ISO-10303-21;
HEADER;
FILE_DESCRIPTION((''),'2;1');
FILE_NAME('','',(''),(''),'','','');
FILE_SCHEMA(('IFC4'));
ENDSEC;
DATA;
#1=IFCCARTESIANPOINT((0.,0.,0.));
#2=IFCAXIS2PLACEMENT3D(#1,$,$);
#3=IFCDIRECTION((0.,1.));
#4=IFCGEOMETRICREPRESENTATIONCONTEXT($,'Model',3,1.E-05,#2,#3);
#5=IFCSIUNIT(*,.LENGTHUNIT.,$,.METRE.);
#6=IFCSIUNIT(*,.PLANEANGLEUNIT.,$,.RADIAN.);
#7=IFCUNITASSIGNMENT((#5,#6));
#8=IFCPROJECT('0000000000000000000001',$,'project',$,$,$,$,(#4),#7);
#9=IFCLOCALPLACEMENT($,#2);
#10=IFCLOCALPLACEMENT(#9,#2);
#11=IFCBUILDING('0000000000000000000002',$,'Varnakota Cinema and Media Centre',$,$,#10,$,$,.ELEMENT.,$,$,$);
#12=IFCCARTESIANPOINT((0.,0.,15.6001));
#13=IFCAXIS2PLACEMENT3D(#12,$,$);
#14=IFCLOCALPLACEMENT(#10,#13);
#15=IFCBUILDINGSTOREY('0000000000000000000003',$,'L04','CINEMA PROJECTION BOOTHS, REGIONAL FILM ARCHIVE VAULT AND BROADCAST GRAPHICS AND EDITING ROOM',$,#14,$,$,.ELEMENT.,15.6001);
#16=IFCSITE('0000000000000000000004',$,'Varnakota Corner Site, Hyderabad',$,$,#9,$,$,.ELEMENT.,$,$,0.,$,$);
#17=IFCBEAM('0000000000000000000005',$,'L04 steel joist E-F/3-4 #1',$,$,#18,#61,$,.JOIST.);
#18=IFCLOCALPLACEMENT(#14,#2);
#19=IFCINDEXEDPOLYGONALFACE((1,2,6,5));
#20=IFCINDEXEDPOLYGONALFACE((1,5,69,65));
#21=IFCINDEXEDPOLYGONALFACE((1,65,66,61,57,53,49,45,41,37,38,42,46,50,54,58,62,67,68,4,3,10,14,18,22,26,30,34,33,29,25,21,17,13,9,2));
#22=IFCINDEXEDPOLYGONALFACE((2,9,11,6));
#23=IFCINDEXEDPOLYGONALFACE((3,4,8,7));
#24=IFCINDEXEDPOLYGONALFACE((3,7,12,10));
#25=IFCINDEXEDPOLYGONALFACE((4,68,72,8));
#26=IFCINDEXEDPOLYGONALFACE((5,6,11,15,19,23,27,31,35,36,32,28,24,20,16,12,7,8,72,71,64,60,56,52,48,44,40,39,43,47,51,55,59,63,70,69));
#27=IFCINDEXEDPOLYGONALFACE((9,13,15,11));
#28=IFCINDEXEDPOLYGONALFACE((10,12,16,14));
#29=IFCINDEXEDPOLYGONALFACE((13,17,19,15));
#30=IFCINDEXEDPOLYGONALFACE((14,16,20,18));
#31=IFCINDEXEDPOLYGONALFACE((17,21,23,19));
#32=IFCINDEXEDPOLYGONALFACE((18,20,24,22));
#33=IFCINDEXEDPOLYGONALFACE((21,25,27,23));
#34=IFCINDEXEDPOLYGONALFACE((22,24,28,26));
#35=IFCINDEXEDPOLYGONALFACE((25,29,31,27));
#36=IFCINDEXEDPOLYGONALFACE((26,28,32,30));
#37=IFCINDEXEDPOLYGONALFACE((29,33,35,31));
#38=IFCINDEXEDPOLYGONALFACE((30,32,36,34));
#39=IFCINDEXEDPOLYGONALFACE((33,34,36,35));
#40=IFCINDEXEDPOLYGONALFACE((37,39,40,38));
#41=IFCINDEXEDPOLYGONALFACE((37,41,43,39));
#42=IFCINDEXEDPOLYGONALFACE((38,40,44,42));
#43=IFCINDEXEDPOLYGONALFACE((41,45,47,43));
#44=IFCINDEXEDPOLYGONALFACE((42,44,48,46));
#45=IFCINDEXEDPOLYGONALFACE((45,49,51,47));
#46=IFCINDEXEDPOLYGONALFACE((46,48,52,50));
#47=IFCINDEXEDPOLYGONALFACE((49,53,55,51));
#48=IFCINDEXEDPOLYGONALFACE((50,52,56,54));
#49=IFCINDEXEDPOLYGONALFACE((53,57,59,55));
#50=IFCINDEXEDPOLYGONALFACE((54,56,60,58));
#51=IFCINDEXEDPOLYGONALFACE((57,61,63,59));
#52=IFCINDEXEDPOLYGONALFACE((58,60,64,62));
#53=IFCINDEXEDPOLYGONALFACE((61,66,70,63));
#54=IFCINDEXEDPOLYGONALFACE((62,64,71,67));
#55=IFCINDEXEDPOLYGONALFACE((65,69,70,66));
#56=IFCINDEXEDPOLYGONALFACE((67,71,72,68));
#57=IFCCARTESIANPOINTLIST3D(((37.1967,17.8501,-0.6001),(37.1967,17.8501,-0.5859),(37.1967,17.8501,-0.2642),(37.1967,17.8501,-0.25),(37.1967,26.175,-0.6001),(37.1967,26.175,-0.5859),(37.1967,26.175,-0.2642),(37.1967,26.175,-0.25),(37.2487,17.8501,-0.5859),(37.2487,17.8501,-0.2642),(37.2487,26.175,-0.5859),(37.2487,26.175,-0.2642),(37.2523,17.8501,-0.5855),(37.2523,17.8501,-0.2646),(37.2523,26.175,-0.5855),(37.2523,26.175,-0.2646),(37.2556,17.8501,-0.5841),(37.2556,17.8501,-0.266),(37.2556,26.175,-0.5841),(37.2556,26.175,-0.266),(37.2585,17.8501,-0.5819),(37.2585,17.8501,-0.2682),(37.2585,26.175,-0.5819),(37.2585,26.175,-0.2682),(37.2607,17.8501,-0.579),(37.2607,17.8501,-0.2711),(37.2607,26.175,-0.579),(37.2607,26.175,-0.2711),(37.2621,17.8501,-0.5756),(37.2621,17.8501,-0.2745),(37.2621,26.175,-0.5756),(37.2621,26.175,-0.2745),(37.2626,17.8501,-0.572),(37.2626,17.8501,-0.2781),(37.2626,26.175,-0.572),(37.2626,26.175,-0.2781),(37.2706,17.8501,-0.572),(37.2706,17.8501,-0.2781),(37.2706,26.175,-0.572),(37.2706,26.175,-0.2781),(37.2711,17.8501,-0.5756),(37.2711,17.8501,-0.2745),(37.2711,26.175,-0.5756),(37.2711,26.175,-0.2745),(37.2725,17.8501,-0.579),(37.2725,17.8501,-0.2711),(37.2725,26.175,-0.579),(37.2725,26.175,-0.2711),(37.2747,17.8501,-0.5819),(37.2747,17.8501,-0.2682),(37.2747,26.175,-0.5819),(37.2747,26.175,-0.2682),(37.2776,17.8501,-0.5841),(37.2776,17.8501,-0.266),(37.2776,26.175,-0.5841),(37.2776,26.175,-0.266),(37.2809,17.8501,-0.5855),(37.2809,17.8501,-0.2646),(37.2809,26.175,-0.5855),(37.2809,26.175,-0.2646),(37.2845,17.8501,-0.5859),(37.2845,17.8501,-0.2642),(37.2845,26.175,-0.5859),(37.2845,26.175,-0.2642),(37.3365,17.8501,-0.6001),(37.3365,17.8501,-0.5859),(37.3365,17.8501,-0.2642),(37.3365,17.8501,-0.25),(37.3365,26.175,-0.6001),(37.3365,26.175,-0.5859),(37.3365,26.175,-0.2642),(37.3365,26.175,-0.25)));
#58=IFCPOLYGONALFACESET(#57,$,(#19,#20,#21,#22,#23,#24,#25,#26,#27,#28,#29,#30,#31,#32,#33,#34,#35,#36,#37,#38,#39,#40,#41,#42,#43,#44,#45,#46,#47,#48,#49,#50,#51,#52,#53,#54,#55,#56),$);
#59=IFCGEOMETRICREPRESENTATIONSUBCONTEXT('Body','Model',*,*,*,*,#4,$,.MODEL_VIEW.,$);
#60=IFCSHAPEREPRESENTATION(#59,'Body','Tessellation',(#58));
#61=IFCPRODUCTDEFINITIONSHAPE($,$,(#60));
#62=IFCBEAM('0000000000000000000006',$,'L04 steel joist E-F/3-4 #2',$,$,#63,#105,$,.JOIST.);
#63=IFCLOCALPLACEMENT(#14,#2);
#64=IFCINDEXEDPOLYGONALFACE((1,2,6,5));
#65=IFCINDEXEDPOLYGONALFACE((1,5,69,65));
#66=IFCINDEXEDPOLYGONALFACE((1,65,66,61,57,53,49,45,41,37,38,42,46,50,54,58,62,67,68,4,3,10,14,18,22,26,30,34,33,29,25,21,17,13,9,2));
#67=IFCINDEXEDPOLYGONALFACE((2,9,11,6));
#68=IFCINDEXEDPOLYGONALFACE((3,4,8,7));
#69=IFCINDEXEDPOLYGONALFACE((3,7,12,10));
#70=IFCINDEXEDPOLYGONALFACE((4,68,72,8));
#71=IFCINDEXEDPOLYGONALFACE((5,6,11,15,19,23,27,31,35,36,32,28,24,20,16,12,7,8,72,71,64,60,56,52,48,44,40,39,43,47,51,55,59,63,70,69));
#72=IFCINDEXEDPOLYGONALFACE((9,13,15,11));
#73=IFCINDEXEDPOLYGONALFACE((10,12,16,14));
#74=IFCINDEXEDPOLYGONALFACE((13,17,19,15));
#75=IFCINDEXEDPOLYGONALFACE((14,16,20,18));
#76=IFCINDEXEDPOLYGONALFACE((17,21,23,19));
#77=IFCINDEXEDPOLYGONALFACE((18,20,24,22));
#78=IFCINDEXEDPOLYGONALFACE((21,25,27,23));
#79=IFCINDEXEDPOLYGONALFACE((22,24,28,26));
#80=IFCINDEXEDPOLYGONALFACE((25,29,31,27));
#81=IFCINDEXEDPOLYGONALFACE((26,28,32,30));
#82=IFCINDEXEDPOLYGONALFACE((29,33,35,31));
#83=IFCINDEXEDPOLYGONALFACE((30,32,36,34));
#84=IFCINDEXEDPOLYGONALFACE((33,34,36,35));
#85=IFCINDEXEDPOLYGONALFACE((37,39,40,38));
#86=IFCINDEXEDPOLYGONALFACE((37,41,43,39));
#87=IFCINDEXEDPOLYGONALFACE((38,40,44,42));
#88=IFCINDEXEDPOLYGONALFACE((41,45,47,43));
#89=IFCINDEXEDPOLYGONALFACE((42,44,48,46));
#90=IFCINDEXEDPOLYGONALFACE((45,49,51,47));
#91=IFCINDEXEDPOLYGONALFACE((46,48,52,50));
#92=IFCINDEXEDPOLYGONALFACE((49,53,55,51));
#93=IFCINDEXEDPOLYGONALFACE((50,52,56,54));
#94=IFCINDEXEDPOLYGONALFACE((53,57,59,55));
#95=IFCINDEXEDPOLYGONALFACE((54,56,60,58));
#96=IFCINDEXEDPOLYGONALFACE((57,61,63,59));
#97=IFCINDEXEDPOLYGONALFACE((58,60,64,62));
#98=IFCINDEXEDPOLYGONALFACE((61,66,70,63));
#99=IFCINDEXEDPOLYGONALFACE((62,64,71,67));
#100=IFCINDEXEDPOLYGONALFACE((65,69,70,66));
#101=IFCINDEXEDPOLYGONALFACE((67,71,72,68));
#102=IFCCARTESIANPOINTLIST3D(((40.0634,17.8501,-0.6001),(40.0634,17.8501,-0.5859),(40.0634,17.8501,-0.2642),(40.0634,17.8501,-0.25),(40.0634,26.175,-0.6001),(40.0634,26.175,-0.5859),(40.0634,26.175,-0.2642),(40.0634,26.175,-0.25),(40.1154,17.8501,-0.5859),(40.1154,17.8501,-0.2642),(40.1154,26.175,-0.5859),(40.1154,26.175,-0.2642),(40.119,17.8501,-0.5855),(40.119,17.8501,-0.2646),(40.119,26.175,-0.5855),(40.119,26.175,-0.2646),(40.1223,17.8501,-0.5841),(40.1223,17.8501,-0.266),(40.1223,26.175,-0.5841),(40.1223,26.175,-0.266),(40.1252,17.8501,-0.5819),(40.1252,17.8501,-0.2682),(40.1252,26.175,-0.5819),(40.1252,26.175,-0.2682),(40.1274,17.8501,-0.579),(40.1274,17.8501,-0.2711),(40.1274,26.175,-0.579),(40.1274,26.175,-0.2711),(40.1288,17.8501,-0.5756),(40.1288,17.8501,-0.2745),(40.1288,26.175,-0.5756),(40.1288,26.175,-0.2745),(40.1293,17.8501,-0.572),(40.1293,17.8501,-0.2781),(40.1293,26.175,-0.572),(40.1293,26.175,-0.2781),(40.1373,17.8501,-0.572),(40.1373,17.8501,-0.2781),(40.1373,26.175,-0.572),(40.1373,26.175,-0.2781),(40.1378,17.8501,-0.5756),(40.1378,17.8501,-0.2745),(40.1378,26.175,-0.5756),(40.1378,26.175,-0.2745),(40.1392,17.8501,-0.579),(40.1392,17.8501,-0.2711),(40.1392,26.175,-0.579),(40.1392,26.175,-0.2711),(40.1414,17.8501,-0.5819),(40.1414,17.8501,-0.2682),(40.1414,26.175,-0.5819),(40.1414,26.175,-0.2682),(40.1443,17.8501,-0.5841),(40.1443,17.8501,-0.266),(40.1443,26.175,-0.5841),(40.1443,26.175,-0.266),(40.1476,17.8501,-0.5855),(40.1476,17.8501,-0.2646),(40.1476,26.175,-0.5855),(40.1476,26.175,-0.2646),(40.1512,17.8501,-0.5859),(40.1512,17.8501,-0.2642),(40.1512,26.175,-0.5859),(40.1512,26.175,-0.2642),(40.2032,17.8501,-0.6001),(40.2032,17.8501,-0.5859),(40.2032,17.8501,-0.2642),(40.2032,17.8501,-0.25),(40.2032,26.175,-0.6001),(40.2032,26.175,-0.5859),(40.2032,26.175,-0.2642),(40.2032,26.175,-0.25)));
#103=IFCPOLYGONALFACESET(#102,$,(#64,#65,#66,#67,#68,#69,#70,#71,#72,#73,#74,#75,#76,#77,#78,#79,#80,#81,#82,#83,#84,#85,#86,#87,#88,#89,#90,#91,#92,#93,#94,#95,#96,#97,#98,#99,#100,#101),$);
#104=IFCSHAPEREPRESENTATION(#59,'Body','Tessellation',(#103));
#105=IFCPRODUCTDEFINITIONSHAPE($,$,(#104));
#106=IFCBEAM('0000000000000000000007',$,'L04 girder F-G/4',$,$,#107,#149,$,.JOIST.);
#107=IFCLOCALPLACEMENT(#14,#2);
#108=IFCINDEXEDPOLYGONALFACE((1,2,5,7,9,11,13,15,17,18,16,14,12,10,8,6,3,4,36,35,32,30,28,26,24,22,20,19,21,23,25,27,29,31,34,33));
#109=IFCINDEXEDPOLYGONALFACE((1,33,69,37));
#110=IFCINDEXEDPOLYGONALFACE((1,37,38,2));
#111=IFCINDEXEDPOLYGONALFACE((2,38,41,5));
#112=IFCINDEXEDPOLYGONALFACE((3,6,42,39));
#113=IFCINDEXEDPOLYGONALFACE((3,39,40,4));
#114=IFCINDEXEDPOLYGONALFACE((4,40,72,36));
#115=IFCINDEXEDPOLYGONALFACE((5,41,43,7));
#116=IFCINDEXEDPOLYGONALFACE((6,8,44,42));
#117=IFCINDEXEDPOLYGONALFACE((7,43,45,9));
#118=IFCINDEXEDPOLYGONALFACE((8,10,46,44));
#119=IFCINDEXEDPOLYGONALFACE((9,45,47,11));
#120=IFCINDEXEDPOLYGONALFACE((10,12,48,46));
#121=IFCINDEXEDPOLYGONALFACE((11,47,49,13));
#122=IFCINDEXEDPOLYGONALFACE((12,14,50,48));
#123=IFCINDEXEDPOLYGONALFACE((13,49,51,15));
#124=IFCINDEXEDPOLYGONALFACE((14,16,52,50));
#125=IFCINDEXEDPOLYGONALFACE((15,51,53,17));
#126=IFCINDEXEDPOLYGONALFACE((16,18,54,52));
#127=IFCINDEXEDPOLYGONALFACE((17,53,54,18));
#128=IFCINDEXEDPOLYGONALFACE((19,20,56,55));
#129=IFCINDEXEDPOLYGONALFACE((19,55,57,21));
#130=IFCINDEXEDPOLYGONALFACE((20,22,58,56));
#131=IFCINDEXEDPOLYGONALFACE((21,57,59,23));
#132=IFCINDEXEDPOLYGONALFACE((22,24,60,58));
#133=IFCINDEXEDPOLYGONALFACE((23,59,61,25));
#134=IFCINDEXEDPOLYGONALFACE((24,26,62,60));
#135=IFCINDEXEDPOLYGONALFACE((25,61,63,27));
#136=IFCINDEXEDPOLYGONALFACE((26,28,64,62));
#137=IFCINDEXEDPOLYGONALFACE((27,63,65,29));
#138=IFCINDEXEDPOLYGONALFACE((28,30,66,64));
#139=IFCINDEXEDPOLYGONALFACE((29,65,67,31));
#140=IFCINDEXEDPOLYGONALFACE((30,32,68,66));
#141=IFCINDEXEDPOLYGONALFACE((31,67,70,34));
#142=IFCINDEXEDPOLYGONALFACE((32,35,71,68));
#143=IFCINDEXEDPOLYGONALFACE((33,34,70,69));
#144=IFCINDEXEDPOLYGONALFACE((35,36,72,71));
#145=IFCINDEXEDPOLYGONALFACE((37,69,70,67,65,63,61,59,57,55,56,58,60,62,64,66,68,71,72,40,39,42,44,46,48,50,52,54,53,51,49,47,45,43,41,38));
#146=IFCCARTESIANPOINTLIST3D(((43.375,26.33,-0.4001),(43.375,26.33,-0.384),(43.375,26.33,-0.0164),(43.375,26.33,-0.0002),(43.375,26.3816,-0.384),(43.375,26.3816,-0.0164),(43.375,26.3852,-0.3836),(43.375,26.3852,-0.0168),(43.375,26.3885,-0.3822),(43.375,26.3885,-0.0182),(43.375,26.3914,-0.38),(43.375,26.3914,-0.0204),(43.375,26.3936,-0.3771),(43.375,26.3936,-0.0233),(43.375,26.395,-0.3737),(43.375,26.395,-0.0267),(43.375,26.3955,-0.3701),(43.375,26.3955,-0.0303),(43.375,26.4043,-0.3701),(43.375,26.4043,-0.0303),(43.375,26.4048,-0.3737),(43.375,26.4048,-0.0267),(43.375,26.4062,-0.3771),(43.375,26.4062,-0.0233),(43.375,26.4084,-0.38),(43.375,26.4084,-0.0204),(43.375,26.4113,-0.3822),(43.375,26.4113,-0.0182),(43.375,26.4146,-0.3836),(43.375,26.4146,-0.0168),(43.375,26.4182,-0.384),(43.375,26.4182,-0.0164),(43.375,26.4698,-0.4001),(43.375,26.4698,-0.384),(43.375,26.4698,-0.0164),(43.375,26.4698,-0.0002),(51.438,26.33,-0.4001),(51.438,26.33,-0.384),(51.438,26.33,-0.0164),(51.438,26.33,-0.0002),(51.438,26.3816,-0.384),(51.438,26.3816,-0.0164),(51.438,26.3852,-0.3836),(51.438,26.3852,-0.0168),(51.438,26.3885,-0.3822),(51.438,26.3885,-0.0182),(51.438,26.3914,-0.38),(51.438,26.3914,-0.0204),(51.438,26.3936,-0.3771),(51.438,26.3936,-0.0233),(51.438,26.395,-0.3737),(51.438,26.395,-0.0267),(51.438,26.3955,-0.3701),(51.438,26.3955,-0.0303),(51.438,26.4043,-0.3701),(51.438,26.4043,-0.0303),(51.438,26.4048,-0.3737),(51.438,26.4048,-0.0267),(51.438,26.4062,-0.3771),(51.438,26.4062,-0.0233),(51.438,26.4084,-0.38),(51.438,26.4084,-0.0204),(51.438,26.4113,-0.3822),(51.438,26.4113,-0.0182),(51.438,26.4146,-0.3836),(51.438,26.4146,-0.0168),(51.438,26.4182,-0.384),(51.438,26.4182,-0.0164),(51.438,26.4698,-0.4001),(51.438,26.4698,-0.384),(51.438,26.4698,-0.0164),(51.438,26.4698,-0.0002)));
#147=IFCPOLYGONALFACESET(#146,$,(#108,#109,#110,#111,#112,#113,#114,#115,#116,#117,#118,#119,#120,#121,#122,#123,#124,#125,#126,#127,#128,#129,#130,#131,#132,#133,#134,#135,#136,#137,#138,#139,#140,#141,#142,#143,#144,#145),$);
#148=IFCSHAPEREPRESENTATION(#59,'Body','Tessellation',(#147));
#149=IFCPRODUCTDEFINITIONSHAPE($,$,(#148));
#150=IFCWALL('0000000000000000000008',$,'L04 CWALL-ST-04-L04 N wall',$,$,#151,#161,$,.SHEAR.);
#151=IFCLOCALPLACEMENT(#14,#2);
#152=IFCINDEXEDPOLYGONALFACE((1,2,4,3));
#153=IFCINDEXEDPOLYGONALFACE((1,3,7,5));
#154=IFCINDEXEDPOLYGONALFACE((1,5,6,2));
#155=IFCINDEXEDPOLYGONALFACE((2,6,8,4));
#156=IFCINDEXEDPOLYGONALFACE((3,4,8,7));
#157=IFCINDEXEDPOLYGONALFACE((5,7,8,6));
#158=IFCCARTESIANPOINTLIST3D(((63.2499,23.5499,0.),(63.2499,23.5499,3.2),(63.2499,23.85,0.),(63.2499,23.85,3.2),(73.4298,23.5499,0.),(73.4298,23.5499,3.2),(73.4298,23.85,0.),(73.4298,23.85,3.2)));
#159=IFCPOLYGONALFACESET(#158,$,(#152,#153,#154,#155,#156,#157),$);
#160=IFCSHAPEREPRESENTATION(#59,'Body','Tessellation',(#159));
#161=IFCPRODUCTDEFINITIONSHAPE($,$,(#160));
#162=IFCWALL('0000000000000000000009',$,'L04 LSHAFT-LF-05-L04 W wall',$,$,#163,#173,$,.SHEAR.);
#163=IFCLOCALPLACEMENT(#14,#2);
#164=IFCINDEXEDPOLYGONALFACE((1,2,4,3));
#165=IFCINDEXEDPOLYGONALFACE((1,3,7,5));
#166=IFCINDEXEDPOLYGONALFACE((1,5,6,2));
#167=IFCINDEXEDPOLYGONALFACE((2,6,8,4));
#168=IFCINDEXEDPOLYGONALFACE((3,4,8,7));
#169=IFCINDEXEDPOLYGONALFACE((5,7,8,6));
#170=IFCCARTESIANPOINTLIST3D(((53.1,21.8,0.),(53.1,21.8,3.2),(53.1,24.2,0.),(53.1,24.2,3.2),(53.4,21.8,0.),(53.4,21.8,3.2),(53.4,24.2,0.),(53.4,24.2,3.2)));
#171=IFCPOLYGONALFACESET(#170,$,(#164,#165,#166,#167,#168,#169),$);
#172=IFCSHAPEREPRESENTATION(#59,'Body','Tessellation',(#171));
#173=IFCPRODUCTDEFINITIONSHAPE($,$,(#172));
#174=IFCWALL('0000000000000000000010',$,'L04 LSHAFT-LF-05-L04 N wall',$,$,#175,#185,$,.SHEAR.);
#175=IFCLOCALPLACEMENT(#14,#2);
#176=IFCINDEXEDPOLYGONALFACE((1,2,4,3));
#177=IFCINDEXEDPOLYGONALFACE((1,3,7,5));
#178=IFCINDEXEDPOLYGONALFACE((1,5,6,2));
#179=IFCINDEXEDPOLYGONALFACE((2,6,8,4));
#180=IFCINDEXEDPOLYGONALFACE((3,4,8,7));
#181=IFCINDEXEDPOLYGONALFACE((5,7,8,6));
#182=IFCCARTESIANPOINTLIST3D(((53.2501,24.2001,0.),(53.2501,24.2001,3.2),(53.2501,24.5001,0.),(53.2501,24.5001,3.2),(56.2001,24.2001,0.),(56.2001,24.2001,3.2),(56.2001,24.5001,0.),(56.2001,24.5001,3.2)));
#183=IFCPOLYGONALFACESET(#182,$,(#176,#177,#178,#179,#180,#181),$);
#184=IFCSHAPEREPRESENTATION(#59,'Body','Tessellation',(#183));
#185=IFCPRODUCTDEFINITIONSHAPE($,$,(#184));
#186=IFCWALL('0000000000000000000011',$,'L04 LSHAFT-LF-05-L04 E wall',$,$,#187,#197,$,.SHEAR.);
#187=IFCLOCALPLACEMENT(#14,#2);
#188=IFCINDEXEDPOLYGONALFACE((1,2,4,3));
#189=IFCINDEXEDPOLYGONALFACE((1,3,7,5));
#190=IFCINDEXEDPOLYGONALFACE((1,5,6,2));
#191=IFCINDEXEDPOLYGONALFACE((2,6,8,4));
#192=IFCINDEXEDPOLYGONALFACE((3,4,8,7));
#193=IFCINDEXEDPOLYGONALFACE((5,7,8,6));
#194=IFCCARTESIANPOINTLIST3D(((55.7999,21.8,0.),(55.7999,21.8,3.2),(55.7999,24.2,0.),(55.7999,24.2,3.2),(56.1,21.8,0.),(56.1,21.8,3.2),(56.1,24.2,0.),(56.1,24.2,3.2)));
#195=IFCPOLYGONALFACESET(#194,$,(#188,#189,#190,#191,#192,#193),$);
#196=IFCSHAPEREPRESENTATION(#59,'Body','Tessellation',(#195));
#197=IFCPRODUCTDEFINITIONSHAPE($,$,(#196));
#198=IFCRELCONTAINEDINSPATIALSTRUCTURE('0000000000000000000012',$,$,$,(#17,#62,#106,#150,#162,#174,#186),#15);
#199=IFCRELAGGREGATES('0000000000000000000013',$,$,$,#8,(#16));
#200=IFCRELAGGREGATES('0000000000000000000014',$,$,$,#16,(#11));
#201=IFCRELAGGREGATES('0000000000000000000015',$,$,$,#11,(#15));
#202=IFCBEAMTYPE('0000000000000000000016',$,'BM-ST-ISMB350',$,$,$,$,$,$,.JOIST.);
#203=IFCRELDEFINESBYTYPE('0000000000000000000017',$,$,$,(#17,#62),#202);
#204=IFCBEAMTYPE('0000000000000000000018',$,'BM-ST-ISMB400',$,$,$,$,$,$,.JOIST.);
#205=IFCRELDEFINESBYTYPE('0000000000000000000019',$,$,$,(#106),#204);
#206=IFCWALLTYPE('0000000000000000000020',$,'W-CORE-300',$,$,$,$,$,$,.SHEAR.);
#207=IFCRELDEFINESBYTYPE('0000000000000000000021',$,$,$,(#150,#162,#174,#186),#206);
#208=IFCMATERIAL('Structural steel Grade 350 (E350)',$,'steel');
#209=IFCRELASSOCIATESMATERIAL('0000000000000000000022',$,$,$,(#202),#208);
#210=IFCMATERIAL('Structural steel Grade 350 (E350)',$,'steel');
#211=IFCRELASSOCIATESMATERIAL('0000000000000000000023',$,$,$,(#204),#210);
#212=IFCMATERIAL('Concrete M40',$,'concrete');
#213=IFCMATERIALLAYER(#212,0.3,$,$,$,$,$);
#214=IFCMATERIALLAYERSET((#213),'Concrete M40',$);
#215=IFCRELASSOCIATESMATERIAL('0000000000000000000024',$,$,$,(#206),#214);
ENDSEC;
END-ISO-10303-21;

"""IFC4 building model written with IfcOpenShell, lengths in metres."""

from ifc_helpers import new_model, si_unit, direction, frame, frame_2d, origin, origin_2d, place, context, subcontext, project, spatial, rectangle, i_section, extrude, material, layer, layer_set, material_profile, profile_set, type_object, element, save


model = new_model("IFC4")

# Units and contexts
model_context = context("Model", 3, precision=1e-05, world=origin(), true_north=direction((0.0, 1.0)))
body_context = subcontext(model_context, "Body", "Model", "MODEL_VIEW")
ifc_project = project(units=[si_unit("LENGTHUNIT", "METRE"), si_unit("PLANEANGLEUNIT", "RADIAN")], contexts=[model_context])

# Site, building, storey
site_placement = place(None, origin())
site = spatial("IfcSite", under=ifc_project, at=site_placement, Name="Varnakota Corner Site, Hyderabad", CompositionType="ELEMENT", RefElevation=0.0)
building_placement = place(site_placement, origin())
building = spatial("IfcBuilding", under=site, at=building_placement, Name="Varnakota Cinema and Media Centre", CompositionType="ELEMENT")
storey_placement = place(building_placement, frame((0.0, 0.0, 15.6001)))
storey = spatial("IfcBuildingStorey", under=building, at=storey_placement, Name="L04", Description="CINEMA PROJECTION BOOTHS, REGIONAL FILM ARCHIVE VAULT AND BROADCAST GRAPHICS AND EDITING ROOM", CompositionType="ELEMENT", Elevation=15.6001)

# Beams
ifc_material_1 = material(Name="Structural steel Grade 350 (E350)", Category="steel")
ifc_material_profile_1 = material_profile(ifc_material_1, i_section(OverallWidth=0.1399, OverallDepth=0.3501, WebThickness=0.0081, FlangeThickness=0.0142, FilletRadius=0.0139, at=origin_2d()), Name="ISMB 350")
ifc_profile_set_1 = profile_set([ifc_material_profile_1], Name="Structural steel Grade 350 (E350)")
beam_type_1 = type_object("IfcBeamType", Name="BM-ST-ISMB350", PredefinedType="JOIST", material=ifc_profile_set_1)
for number, where, z_axis, x_axis, name in (
    (1, (37.2666, 17.8501, -0.425), (0.0, 1.0, 0.0), (-1.0, 0.0, 0.0), "L04 steel joist E-F/3-4 #1"),
    (2, (40.1333, 17.8501, -0.425), (0.0, 1.0, 0.0), (-1.0, 0.0, 0.0), "L04 steel joist E-F/3-4 #2"),
):
    element("IfcBeam", number, at=place(storey_placement, frame(where, z_axis=z_axis, x_axis=x_axis)), inside=storey, type_object=beam_type_1, Name=name, PredefinedType="JOIST", context=body_context, shape_type="SweptSolid", body=[
        extrude(i_section(OverallWidth=0.1399, OverallDepth=0.3501, WebThickness=0.0081, FlangeThickness=0.0142, FilletRadius=0.0139, at=origin_2d()), origin(), (0.0, 0.0, 1.0), 8.325),
    ])
ifc_material_2 = material(Name="Structural steel Grade 350 (E350)", Category="steel")
ifc_material_profile_2 = material_profile(ifc_material_2, i_section(OverallWidth=0.1399, OverallDepth=0.3999, WebThickness=0.0088, FlangeThickness=0.0161, FilletRadius=0.0139, at=origin_2d()), Name="ISMB 400")
ifc_profile_set_2 = profile_set([ifc_material_profile_2], Name="Structural steel Grade 350 (E350)")
beam_type_2 = type_object("IfcBeamType", Name="BM-ST-ISMB400", PredefinedType="JOIST", material=ifc_profile_set_2)
beam_1_placement = place(storey_placement, frame((43.375, 26.3999, -0.2002), z_axis=(1.0, 0.0, 0.0), x_axis=(0.0, 1.0, 0.0)))
element("IfcBeam", 3, at=beam_1_placement, inside=storey, type_object=beam_type_2, Name="L04 girder F-G/4", PredefinedType="JOIST", context=body_context, shape_type="SweptSolid", body=[
    extrude(i_section(OverallWidth=0.1399, OverallDepth=0.3999, WebThickness=0.0088, FlangeThickness=0.0161, FilletRadius=0.0139, at=origin_2d()), origin(), (0.0, 0.0, 1.0), 8.063),
])

# Shared definitions
ifc_material_3 = material(Name="Concrete M40", Category="concrete")
ifc_layer_1 = layer(ifc_material_3, 0.3)
ifc_layer_set_1 = layer_set([ifc_layer_1], Name="Concrete M40")
wall_type_1 = type_object("IfcWallType", Name="W-CORE-300", PredefinedType="SHEAR", material=ifc_layer_set_1)

# Wall
wall_1_placement = place(storey_placement, frame((63.25, 23.7, 0.0), z_axis=(0.0, 0.0, 1.0), x_axis=(1.0, 0.0, 0.0)))
element("IfcWall", 4, at=wall_1_placement, inside=storey, type_object=wall_type_1, Name="L04 CWALL-ST-04-L04 N wall", PredefinedType="SHEAR", context=body_context, shape_type="SweptSolid", body=[
    extrude(rectangle(XDim=10.1799, YDim=0.3, at=frame_2d((5.0898, 0.0))), origin(), (0.0, 0.0, 1.0), 3.2),
])

# Walls
wall_2_placement = place(storey_placement, frame((53.25, 21.8, 0.0), z_axis=(0.0, 0.0, 1.0), x_axis=(0.0, 1.0, 0.0)))
element("IfcWall", 5, at=wall_2_placement, inside=storey, type_object=wall_type_1, Name="L04 LSHAFT-LF-05-L04 W wall", PredefinedType="SHEAR", context=body_context, shape_type="SweptSolid", body=[
    extrude(rectangle(XDim=2.3999, YDim=0.3, at=frame_2d((1.2, 0.0))), origin(), (0.0, 0.0, 1.0), 3.2),
])
wall_3_placement = place(storey_placement, frame((53.25, 24.3501, 0.0), z_axis=(0.0, 0.0, 1.0), x_axis=(1.0, 0.0, 0.0)))
element("IfcWall", 6, at=wall_3_placement, inside=storey, type_object=wall_type_1, Name="L04 LSHAFT-LF-05-L04 N wall", PredefinedType="SHEAR", context=body_context, shape_type="SweptSolid", body=[
    extrude(rectangle(XDim=2.95, YDim=0.3, at=frame_2d((1.4751, 0.0))), origin(), (0.0, 0.0, 1.0), 3.2),
])
wall_4_placement = place(storey_placement, frame((55.95, 24.2, 0.0), z_axis=(0.0, 0.0, 1.0), x_axis=(0.0, -1.0, 0.0)))
element("IfcWall", 7, at=wall_4_placement, inside=storey, type_object=wall_type_1, Name="L04 LSHAFT-LF-05-L04 E wall", PredefinedType="SHEAR", context=body_context, shape_type="SweptSolid", body=[
    extrude(rectangle(XDim=2.3999, YDim=0.3, at=frame_2d((1.2, 0.0))), origin(), (0.0, 0.0, 1.0), 3.2),
])

save(model, "model.ifc")
